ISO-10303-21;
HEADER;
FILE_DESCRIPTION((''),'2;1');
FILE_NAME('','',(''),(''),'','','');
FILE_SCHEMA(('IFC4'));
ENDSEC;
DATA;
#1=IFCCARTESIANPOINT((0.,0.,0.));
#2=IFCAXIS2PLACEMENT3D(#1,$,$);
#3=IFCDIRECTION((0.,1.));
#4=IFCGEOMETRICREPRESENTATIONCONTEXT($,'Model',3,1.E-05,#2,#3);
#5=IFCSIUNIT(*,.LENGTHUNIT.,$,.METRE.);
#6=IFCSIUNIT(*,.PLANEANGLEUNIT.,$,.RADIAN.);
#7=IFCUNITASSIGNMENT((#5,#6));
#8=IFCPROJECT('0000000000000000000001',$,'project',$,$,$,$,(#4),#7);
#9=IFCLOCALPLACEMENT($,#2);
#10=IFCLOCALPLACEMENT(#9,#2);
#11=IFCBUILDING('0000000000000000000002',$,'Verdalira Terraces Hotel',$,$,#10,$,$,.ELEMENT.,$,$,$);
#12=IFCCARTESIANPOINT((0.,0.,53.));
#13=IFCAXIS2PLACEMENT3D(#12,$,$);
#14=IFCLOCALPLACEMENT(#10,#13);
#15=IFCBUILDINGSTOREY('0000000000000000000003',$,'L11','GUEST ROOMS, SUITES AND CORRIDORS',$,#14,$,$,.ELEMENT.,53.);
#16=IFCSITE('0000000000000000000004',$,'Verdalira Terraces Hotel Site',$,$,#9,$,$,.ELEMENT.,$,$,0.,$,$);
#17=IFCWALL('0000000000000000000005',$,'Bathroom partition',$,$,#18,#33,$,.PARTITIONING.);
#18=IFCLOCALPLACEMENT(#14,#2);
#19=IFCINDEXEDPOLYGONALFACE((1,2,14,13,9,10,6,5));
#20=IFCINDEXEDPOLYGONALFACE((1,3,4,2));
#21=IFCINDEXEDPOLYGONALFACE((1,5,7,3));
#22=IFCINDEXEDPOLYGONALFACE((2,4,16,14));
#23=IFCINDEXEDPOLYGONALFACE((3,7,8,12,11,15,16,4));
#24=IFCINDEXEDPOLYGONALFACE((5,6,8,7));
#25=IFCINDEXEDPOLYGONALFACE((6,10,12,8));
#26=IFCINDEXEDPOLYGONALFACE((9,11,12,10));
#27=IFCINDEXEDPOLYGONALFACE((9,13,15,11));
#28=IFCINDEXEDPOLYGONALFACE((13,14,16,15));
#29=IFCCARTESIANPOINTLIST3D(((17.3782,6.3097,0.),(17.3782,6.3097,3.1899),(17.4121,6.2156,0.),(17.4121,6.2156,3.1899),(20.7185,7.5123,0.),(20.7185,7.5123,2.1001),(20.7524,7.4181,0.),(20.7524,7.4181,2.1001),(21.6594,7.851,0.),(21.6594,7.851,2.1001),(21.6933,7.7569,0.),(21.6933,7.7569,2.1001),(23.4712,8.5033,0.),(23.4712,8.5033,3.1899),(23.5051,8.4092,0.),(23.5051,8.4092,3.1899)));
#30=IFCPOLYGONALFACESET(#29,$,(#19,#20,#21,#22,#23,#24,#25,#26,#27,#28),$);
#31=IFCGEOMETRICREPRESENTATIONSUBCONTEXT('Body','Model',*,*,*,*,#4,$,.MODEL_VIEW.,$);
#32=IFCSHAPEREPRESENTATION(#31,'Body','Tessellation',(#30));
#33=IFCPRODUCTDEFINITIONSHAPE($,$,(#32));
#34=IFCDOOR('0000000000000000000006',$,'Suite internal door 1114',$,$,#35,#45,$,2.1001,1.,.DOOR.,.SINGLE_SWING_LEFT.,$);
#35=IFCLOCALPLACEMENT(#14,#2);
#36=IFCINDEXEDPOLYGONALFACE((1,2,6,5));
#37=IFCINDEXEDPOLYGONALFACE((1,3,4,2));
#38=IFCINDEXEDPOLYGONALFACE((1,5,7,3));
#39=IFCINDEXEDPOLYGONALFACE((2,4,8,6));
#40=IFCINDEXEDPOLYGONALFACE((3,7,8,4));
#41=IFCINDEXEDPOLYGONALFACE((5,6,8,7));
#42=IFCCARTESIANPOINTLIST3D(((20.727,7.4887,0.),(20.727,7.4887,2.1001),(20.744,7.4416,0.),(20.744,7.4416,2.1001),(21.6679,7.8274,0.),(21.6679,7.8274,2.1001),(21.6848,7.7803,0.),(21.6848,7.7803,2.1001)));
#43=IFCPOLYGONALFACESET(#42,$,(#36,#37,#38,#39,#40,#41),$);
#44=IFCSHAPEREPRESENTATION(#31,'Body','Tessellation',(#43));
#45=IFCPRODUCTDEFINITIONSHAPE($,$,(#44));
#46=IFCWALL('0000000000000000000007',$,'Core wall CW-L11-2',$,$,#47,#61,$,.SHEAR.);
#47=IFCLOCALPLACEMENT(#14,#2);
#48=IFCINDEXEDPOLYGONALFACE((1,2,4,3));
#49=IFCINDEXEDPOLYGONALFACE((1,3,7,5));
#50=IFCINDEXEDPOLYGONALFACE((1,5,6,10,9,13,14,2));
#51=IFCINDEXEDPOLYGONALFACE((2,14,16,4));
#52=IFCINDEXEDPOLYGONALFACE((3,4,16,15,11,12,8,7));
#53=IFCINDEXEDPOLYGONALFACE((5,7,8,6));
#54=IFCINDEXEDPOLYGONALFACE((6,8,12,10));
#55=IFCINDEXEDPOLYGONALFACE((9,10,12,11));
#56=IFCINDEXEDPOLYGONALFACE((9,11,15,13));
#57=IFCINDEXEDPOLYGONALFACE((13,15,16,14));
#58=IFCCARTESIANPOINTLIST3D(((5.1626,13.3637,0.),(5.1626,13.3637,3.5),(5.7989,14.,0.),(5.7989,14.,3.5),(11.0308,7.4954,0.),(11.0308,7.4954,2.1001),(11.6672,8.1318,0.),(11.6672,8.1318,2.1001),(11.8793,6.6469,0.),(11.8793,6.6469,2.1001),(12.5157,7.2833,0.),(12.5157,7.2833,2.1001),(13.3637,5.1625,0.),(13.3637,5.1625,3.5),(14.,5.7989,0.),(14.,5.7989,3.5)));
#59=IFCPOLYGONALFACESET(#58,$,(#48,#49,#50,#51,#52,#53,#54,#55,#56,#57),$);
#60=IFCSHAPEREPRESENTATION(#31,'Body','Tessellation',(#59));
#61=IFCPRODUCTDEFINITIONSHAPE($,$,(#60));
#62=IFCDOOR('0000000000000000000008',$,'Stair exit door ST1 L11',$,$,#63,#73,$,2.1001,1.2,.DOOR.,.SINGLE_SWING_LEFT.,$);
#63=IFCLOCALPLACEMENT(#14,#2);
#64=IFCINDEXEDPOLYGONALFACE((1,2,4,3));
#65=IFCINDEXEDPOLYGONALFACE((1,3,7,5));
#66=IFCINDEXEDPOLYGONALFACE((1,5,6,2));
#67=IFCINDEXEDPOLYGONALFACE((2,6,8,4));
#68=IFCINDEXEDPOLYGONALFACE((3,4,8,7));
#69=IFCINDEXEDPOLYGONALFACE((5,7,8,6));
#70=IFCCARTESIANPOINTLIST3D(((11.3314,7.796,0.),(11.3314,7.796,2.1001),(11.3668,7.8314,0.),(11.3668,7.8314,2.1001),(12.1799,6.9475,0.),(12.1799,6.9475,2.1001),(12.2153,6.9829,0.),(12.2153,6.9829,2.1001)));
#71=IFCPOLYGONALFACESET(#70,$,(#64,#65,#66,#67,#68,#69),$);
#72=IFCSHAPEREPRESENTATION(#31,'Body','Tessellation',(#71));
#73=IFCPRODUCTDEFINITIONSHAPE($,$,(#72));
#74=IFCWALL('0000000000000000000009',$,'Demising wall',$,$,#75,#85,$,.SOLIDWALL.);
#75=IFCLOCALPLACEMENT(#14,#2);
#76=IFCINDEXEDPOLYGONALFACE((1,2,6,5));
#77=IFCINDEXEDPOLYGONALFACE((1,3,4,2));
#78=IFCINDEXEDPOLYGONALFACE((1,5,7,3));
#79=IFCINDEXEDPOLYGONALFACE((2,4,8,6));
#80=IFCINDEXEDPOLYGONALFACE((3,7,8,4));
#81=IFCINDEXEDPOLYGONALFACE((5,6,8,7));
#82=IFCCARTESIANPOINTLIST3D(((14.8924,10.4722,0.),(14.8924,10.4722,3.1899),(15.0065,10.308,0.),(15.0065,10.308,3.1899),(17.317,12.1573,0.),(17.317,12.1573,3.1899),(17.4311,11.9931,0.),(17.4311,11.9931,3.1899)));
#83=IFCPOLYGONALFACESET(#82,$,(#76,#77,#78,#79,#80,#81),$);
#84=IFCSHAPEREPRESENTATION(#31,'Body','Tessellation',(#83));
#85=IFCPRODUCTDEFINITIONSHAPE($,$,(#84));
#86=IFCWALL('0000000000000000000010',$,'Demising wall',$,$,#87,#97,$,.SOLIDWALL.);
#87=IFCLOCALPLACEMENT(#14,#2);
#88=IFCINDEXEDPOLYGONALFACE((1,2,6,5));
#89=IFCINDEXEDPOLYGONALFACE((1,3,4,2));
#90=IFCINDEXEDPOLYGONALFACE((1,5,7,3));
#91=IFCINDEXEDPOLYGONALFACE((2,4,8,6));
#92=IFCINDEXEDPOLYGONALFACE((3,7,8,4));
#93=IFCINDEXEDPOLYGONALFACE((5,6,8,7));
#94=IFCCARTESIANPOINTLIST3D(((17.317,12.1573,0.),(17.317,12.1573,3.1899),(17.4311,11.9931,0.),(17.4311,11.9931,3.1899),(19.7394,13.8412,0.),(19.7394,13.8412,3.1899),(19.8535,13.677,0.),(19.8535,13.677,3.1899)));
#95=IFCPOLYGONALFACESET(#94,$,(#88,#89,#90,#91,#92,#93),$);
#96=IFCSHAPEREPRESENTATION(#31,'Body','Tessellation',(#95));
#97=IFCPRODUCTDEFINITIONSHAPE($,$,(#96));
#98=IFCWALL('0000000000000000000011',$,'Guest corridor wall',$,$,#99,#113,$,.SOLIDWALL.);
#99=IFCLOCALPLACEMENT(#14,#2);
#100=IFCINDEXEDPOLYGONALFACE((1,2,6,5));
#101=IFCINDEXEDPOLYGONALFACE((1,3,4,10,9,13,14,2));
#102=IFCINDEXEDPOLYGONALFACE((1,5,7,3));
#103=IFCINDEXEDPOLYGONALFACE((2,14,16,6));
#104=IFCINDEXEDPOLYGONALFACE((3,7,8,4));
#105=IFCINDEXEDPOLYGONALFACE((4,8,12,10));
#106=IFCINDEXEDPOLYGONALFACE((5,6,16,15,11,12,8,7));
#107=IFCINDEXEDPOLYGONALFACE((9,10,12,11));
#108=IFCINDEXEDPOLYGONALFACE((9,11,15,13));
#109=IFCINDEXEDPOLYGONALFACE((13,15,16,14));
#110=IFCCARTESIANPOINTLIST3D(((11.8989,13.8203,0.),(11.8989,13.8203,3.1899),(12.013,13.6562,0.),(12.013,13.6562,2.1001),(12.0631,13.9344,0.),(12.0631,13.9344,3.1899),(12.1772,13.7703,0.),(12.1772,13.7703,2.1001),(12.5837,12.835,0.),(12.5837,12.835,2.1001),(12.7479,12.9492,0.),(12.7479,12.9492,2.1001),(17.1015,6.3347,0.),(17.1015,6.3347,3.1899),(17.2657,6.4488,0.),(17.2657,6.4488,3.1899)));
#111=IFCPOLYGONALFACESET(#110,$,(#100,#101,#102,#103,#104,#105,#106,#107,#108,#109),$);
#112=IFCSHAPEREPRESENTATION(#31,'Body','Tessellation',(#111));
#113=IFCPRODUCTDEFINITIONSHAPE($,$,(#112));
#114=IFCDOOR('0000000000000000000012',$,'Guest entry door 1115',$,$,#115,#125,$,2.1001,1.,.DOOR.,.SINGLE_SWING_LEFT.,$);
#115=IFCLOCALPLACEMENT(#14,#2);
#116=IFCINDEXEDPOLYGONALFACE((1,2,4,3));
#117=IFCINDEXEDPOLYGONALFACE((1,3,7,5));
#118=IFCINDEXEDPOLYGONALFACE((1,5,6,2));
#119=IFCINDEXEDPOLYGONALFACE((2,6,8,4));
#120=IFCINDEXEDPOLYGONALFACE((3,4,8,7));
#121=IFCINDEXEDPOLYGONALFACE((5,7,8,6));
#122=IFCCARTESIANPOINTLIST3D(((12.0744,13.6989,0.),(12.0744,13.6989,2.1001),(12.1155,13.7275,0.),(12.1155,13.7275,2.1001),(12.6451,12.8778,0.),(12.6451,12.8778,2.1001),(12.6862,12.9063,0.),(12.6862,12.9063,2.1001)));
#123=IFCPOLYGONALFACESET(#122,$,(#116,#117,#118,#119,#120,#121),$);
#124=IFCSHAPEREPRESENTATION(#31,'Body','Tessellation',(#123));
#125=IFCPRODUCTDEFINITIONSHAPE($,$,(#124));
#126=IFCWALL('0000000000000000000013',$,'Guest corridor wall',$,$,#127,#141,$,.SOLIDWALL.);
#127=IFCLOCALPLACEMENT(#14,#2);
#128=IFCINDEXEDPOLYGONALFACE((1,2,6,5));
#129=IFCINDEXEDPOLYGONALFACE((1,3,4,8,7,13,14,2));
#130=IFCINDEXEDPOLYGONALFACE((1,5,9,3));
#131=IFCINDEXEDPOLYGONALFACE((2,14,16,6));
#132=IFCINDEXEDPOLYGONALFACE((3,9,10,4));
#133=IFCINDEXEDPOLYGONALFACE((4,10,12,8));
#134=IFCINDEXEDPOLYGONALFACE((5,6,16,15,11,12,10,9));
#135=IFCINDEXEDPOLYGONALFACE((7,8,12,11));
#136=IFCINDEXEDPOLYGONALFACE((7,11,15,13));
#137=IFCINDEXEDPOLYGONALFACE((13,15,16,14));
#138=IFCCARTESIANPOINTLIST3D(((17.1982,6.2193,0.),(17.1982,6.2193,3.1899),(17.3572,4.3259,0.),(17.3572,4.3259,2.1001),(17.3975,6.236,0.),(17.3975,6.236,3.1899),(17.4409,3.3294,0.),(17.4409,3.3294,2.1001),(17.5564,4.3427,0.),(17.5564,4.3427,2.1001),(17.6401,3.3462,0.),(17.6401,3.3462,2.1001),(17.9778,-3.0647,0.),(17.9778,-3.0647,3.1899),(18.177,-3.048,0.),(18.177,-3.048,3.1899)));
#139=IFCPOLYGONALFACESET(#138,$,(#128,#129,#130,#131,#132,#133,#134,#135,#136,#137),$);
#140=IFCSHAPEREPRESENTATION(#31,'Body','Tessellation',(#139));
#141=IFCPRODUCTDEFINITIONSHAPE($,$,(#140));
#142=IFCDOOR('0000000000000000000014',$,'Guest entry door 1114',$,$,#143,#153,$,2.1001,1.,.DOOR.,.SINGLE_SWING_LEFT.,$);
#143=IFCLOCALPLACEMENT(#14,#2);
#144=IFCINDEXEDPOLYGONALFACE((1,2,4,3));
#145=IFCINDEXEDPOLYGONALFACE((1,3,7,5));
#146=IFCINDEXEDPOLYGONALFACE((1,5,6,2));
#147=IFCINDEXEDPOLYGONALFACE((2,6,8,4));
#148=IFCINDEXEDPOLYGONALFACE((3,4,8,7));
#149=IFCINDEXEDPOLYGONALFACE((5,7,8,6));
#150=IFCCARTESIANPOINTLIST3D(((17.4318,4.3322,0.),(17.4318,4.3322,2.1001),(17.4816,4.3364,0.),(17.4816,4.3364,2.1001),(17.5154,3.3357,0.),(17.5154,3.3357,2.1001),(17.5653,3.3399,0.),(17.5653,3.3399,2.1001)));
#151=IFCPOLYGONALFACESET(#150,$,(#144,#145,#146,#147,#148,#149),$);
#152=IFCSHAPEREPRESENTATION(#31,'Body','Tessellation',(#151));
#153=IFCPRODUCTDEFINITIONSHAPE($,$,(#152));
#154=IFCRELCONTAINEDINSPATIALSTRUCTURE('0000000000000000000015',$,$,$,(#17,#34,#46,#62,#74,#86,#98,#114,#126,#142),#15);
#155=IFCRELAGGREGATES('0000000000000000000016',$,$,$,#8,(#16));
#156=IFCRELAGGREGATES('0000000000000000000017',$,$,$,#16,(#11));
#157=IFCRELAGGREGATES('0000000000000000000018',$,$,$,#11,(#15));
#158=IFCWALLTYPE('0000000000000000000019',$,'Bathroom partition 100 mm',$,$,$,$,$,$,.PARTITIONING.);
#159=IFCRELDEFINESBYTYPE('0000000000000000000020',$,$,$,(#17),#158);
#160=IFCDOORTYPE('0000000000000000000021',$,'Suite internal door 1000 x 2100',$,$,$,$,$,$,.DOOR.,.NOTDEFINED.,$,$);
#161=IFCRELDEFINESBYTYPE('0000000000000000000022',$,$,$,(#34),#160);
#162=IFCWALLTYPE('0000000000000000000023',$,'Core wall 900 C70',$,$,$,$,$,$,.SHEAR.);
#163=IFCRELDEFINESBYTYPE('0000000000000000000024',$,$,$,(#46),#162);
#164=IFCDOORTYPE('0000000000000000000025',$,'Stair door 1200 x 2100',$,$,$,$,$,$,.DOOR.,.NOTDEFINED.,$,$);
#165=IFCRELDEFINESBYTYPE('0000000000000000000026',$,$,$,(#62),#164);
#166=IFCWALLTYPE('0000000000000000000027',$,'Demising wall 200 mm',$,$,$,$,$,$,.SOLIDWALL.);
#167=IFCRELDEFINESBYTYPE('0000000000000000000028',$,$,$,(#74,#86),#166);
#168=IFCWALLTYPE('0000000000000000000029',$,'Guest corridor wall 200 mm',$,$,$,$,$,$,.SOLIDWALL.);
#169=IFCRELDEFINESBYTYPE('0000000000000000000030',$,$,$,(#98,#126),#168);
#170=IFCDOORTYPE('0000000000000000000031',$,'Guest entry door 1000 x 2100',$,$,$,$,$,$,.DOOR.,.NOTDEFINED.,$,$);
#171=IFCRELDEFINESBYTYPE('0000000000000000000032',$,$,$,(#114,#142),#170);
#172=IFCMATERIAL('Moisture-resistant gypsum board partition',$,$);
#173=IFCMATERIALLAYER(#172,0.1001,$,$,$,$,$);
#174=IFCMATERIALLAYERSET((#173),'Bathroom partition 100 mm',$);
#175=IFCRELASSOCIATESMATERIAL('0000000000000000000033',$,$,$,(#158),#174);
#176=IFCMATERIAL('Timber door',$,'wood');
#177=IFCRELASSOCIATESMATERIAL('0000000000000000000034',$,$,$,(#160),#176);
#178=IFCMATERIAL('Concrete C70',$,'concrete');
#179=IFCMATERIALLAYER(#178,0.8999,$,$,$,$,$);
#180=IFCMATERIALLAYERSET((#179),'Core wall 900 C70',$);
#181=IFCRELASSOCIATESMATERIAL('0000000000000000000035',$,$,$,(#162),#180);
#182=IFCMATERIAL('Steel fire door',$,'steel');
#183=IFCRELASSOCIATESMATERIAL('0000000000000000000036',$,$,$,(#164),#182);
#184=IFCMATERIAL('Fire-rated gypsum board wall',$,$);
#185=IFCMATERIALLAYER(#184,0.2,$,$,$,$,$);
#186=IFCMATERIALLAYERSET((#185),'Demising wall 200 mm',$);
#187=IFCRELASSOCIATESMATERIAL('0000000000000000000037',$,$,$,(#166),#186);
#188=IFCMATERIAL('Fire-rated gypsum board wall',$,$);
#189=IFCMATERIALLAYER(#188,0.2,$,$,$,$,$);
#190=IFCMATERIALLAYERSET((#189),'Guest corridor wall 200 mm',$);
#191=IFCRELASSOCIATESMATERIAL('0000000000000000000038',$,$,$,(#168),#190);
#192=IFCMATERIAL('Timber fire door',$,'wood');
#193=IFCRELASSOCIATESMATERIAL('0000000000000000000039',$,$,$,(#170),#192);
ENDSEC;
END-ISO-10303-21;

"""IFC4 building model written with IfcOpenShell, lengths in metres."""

from ifc_helpers import new_model, si_unit, direction, frame, frame_2d, origin, place, context, subcontext, project, spatial, rectangle, extrude, material, layer, layer_set, type_object, element, fill, save


model = new_model("IFC4")

# Units and contexts
model_context = context("Model", 3, precision=1e-05, world=origin(), true_north=direction((0.0, 1.0)))
body_context = subcontext(model_context, "Body", "Model", "MODEL_VIEW")
ifc_project = project(units=[si_unit("LENGTHUNIT", "METRE"), si_unit("PLANEANGLEUNIT", "RADIAN")], contexts=[model_context])

# Site, building, storey
site_placement = place(None, origin())
site = spatial("IfcSite", under=ifc_project, at=site_placement, Name="Verdalira Terraces Hotel Site", CompositionType="ELEMENT", RefElevation=0.0)
building_placement = place(site_placement, origin())
building = spatial("IfcBuilding", under=site, at=building_placement, Name="Verdalira Terraces Hotel", CompositionType="ELEMENT")
storey_placement = place(building_placement, frame((0.0, 0.0, 53.0)))
storey = spatial("IfcBuildingStorey", under=building, at=storey_placement, Name="L11", Description="GUEST ROOMS, SUITES AND CORRIDORS", CompositionType="ELEMENT", Elevation=53.0)

# Shared definitions
ifc_material_1 = material(Name="Moisture-resistant gypsum board partition")
ifc_layer_1 = layer(ifc_material_1, 0.1001)
ifc_layer_set_1 = layer_set([ifc_layer_1], Name="Bathroom partition 100 mm")
wall_type_1 = type_object("IfcWallType", Name="Bathroom partition 100 mm", PredefinedType="PARTITIONING", material=ifc_layer_set_1)

# Walls, openings, doors
wall_1_placement = place(storey_placement, frame((17.3953, 6.2627, 0.0), z_axis=(0.0, 0.0, 1.0), x_axis=(0.940882, 0.338735, 0.0)))
wall_1 = element("IfcWall", 1, at=wall_1_placement, inside=storey, type_object=wall_type_1, Name="Bathroom partition", PredefinedType="PARTITIONING", context=body_context, shape_type="SweptSolid", body=[
    extrude(rectangle(XDim=6.4758, YDim=0.1001, at=frame_2d((3.2378, 0.0))), origin(), (0.0, 0.0, 1.0), 3.1899),
])
opening_1_placement = place(wall_1_placement, frame((3.55, 0.0, 0.0)))
opening_1 = element("IfcOpeningElement", 2, at=opening_1_placement, cuts=wall_1, PredefinedType="OPENING", context=body_context, shape_type="SweptSolid", body=[
    extrude(rectangle(XDim=1.0, YDim=2.1001, at=frame_2d((0.5, 1.05))), frame((0.0, 0.0601, 0.0), z_axis=(0.0, -1.0, 0.0), x_axis=(1.0, 0.0, 0.0)), (0.0, 0.0, 1.0), 0.1201),
])
ifc_material_2 = material(Name="Timber door", Category="wood")
door_type_1 = type_object("IfcDoorType", Name="Suite internal door 1000 x 2100", OperationType="NOTDEFINED", PredefinedType="DOOR", material=ifc_material_2)
door_1_placement = place(opening_1_placement, origin())
door_1 = element("IfcDoor", 3, at=door_1_placement, inside=storey, type_object=door_type_1, Name="Suite internal door 1114", OperationType="SINGLE_SWING_LEFT", OverallHeight=2.1001, OverallWidth=1.0, PredefinedType="DOOR", context=body_context, shape_type="SweptSolid", body=[
    extrude(rectangle(XDim=1.0, YDim=2.1001, at=frame_2d((0.5, 1.05))), frame((0.0, 0.0249, 0.0), z_axis=(0.0, -1.0, 0.0), x_axis=(1.0, 0.0, 0.0)), (0.0, 0.0, 1.0), 0.05),
])
fill(opening_1, door_1)
ifc_material_3 = material(Name="Concrete C70", Category="concrete")
ifc_layer_2 = layer(ifc_material_3, 0.8999)
ifc_layer_set_2 = layer_set([ifc_layer_2], Name="Core wall 900 C70")
wall_type_2 = type_object("IfcWallType", Name="Core wall 900 C70", PredefinedType="SHEAR", material=ifc_layer_set_2)
wall_2_placement = place(storey_placement, frame((13.6819, 5.4807, 0.0), z_axis=(0.0, 0.0, 1.0), x_axis=(-0.707107, 0.707107, 0.0)))
wall_2 = element("IfcWall", 4, at=wall_2_placement, inside=storey, type_object=wall_type_2, Name="Core wall CW-L11-2", PredefinedType="SHEAR", context=body_context, shape_type="SweptSolid", body=[
    extrude(rectangle(XDim=11.5981, YDim=0.8999, at=frame_2d((5.7991, 0.0))), origin(), (0.0, 0.0, 1.0), 3.5),
])
opening_2_placement = place(wall_2_placement, frame((2.0991, 0.0, 0.0)))
opening_2 = element("IfcOpeningElement", 5, at=opening_2_placement, cuts=wall_2, PredefinedType="OPENING", context=body_context, shape_type="SweptSolid", body=[
    extrude(rectangle(XDim=1.2, YDim=2.1001, at=frame_2d((0.6001, 1.05))), frame((0.0, 0.46, 0.0), z_axis=(0.0, -1.0, 0.0), x_axis=(1.0, 0.0, 0.0)), (0.0, 0.0, 1.0), 0.9199),
])
ifc_material_4 = material(Name="Steel fire door", Category="steel")
door_type_2 = type_object("IfcDoorType", Name="Stair door 1200 x 2100", OperationType="NOTDEFINED", PredefinedType="DOOR", material=ifc_material_4)
door_2_placement = place(opening_2_placement, origin())
door_2 = element("IfcDoor", 6, at=door_2_placement, inside=storey, type_object=door_type_2, Name="Stair exit door ST1 L11", OperationType="SINGLE_SWING_LEFT", OverallHeight=2.1001, OverallWidth=1.2, PredefinedType="DOOR", context=body_context, shape_type="SweptSolid", body=[
    extrude(rectangle(XDim=1.2, YDim=2.1001, at=frame_2d((0.6001, 1.05))), frame((0.0, 0.0249, 0.0), z_axis=(0.0, -1.0, 0.0), x_axis=(1.0, 0.0, 0.0)), (0.0, 0.0, 1.0), 0.05),
])
fill(opening_2, door_2)

# Walls
ifc_material_5 = material(Name="Fire-rated gypsum board wall")
ifc_layer_3 = layer(ifc_material_5, 0.2)
ifc_layer_set_3 = layer_set([ifc_layer_3], Name="Demising wall 200 mm")
wall_type_3 = type_object("IfcWallType", Name="Demising wall 200 mm", PredefinedType="SOLIDWALL", material=ifc_layer_set_3)
wall_3_placement = place(storey_placement, frame((14.9495, 10.3901, 0.0), z_axis=(0.0, 0.0, 1.0), x_axis=(0.821158, 0.570701, 0.0)))
element("IfcWall", 7, at=wall_3_placement, inside=storey, type_object=wall_type_3, Name="Demising wall", PredefinedType="SOLIDWALL", context=body_context, shape_type="SweptSolid", body=[
    extrude(rectangle(XDim=2.9526, YDim=0.2, at=frame_2d((1.4763, 0.0))), origin(), (0.0, 0.0, 1.0), 3.1899),
])
wall_4_placement = place(storey_placement, frame((17.374, 12.0752, 0.0), z_axis=(0.0, 0.0, 1.0), x_axis=(0.821109, 0.570771, 0.0)))
element("IfcWall", 8, at=wall_4_placement, inside=storey, type_object=wall_type_3, Name="Demising wall", PredefinedType="SOLIDWALL", context=body_context, shape_type="SweptSolid", body=[
    extrude(rectangle(XDim=2.9502, YDim=0.2, at=frame_2d((1.4751, 0.0))), origin(), (0.0, 0.0, 1.0), 3.1899),
])

# Walls, openings, doors
ifc_material_6 = material(Name="Fire-rated gypsum board wall")
ifc_layer_4 = layer(ifc_material_6, 0.2)
ifc_layer_set_4 = layer_set([ifc_layer_4], Name="Guest corridor wall 200 mm")
wall_type_4 = type_object("IfcWallType", Name="Guest corridor wall 200 mm", PredefinedType="SOLIDWALL", material=ifc_layer_set_4)
wall_5_placement = place(storey_placement, frame((11.981, 13.8774, 0.0), z_axis=(0.0, 0.0, 1.0), x_axis=(0.570714, -0.821149, 0.0)))
wall_5 = element("IfcWall", 9, at=wall_5_placement, inside=storey, type_object=wall_type_4, Name="Guest corridor wall", PredefinedType="SOLIDWALL", context=body_context, shape_type="SweptSolid", body=[
    extrude(rectangle(XDim=9.116, YDim=0.2, at=frame_2d((4.5581, 0.0))), origin(), (0.0, 0.0, 1.0), 3.1899),
])
opening_3_placement = place(wall_5_placement, frame((0.2, 0.0, 0.0)))
opening_3 = element("IfcOpeningElement", 10, at=opening_3_placement, cuts=wall_5, PredefinedType="OPENING", context=body_context, shape_type="SweptSolid", body=[
    extrude(rectangle(XDim=1.0, YDim=2.1001, at=frame_2d((0.5, 1.05))), frame((0.0, 0.1099, 0.0), z_axis=(0.0, -1.0, 0.0), x_axis=(1.0, 0.0, 0.0)), (0.0, 0.0, 1.0), 0.22),
])
ifc_material_7 = material(Name="Timber fire door", Category="wood")
door_type_3 = type_object("IfcDoorType", Name="Guest entry door 1000 x 2100", OperationType="NOTDEFINED", PredefinedType="DOOR", material=ifc_material_7)
door_3_placement = place(opening_3_placement, origin())
door_3 = element("IfcDoor", 11, at=door_3_placement, inside=storey, type_object=door_type_3, Name="Guest entry door 1115", OperationType="SINGLE_SWING_LEFT", OverallHeight=2.1001, OverallWidth=1.0, PredefinedType="DOOR", context=body_context, shape_type="SweptSolid", body=[
    extrude(rectangle(XDim=1.0, YDim=2.1001, at=frame_2d((0.5, 1.05))), frame((0.0, 0.0249, 0.0), z_axis=(0.0, -1.0, 0.0), x_axis=(1.0, 0.0, 0.0)), (0.0, 0.0, 1.0), 0.05),
])
fill(opening_3, door_3)
wall_6_placement = place(storey_placement, frame((17.2979, 6.2275, 0.0), z_axis=(0.0, 0.0, 1.0), x_axis=(0.083672, -0.996493, 0.0)))
wall_6 = element("IfcWall", 12, at=wall_6_placement, inside=storey, type_object=wall_type_4, Name="Guest corridor wall", PredefinedType="SOLIDWALL", context=body_context, shape_type="SweptSolid", body=[
    extrude(rectangle(XDim=9.3166, YDim=0.2, at=frame_2d((4.6582, 0.0))), origin(), (0.0, 0.0, 1.0), 3.1899),
])
opening_4_placement = place(wall_6_placement, frame((1.8999, 0.0, 0.0)))
opening_4 = element("IfcOpeningElement", 13, at=opening_4_placement, cuts=wall_6, PredefinedType="OPENING", context=body_context, shape_type="SweptSolid", body=[
    extrude(rectangle(XDim=1.0, YDim=2.1001, at=frame_2d((0.5, 1.05))), frame((0.0, 0.1099, 0.0), z_axis=(0.0, -1.0, 0.0), x_axis=(1.0, 0.0, 0.0)), (0.0, 0.0, 1.0), 0.22),
])
door_4_placement = place(opening_4_placement, origin())
door_4 = element("IfcDoor", 14, at=door_4_placement, inside=storey, type_object=door_type_3, Name="Guest entry door 1114", OperationType="SINGLE_SWING_LEFT", OverallHeight=2.1001, OverallWidth=1.0, PredefinedType="DOOR", context=body_context, shape_type="SweptSolid", body=[
    extrude(rectangle(XDim=1.0, YDim=2.1001, at=frame_2d((0.5, 1.05))), frame((0.0, 0.0249, 0.0), z_axis=(0.0, -1.0, 0.0), x_axis=(1.0, 0.0, 0.0)), (0.0, 0.0, 1.0), 0.05),
])
fill(opening_4, door_4)

save(model, "model.ifc")
